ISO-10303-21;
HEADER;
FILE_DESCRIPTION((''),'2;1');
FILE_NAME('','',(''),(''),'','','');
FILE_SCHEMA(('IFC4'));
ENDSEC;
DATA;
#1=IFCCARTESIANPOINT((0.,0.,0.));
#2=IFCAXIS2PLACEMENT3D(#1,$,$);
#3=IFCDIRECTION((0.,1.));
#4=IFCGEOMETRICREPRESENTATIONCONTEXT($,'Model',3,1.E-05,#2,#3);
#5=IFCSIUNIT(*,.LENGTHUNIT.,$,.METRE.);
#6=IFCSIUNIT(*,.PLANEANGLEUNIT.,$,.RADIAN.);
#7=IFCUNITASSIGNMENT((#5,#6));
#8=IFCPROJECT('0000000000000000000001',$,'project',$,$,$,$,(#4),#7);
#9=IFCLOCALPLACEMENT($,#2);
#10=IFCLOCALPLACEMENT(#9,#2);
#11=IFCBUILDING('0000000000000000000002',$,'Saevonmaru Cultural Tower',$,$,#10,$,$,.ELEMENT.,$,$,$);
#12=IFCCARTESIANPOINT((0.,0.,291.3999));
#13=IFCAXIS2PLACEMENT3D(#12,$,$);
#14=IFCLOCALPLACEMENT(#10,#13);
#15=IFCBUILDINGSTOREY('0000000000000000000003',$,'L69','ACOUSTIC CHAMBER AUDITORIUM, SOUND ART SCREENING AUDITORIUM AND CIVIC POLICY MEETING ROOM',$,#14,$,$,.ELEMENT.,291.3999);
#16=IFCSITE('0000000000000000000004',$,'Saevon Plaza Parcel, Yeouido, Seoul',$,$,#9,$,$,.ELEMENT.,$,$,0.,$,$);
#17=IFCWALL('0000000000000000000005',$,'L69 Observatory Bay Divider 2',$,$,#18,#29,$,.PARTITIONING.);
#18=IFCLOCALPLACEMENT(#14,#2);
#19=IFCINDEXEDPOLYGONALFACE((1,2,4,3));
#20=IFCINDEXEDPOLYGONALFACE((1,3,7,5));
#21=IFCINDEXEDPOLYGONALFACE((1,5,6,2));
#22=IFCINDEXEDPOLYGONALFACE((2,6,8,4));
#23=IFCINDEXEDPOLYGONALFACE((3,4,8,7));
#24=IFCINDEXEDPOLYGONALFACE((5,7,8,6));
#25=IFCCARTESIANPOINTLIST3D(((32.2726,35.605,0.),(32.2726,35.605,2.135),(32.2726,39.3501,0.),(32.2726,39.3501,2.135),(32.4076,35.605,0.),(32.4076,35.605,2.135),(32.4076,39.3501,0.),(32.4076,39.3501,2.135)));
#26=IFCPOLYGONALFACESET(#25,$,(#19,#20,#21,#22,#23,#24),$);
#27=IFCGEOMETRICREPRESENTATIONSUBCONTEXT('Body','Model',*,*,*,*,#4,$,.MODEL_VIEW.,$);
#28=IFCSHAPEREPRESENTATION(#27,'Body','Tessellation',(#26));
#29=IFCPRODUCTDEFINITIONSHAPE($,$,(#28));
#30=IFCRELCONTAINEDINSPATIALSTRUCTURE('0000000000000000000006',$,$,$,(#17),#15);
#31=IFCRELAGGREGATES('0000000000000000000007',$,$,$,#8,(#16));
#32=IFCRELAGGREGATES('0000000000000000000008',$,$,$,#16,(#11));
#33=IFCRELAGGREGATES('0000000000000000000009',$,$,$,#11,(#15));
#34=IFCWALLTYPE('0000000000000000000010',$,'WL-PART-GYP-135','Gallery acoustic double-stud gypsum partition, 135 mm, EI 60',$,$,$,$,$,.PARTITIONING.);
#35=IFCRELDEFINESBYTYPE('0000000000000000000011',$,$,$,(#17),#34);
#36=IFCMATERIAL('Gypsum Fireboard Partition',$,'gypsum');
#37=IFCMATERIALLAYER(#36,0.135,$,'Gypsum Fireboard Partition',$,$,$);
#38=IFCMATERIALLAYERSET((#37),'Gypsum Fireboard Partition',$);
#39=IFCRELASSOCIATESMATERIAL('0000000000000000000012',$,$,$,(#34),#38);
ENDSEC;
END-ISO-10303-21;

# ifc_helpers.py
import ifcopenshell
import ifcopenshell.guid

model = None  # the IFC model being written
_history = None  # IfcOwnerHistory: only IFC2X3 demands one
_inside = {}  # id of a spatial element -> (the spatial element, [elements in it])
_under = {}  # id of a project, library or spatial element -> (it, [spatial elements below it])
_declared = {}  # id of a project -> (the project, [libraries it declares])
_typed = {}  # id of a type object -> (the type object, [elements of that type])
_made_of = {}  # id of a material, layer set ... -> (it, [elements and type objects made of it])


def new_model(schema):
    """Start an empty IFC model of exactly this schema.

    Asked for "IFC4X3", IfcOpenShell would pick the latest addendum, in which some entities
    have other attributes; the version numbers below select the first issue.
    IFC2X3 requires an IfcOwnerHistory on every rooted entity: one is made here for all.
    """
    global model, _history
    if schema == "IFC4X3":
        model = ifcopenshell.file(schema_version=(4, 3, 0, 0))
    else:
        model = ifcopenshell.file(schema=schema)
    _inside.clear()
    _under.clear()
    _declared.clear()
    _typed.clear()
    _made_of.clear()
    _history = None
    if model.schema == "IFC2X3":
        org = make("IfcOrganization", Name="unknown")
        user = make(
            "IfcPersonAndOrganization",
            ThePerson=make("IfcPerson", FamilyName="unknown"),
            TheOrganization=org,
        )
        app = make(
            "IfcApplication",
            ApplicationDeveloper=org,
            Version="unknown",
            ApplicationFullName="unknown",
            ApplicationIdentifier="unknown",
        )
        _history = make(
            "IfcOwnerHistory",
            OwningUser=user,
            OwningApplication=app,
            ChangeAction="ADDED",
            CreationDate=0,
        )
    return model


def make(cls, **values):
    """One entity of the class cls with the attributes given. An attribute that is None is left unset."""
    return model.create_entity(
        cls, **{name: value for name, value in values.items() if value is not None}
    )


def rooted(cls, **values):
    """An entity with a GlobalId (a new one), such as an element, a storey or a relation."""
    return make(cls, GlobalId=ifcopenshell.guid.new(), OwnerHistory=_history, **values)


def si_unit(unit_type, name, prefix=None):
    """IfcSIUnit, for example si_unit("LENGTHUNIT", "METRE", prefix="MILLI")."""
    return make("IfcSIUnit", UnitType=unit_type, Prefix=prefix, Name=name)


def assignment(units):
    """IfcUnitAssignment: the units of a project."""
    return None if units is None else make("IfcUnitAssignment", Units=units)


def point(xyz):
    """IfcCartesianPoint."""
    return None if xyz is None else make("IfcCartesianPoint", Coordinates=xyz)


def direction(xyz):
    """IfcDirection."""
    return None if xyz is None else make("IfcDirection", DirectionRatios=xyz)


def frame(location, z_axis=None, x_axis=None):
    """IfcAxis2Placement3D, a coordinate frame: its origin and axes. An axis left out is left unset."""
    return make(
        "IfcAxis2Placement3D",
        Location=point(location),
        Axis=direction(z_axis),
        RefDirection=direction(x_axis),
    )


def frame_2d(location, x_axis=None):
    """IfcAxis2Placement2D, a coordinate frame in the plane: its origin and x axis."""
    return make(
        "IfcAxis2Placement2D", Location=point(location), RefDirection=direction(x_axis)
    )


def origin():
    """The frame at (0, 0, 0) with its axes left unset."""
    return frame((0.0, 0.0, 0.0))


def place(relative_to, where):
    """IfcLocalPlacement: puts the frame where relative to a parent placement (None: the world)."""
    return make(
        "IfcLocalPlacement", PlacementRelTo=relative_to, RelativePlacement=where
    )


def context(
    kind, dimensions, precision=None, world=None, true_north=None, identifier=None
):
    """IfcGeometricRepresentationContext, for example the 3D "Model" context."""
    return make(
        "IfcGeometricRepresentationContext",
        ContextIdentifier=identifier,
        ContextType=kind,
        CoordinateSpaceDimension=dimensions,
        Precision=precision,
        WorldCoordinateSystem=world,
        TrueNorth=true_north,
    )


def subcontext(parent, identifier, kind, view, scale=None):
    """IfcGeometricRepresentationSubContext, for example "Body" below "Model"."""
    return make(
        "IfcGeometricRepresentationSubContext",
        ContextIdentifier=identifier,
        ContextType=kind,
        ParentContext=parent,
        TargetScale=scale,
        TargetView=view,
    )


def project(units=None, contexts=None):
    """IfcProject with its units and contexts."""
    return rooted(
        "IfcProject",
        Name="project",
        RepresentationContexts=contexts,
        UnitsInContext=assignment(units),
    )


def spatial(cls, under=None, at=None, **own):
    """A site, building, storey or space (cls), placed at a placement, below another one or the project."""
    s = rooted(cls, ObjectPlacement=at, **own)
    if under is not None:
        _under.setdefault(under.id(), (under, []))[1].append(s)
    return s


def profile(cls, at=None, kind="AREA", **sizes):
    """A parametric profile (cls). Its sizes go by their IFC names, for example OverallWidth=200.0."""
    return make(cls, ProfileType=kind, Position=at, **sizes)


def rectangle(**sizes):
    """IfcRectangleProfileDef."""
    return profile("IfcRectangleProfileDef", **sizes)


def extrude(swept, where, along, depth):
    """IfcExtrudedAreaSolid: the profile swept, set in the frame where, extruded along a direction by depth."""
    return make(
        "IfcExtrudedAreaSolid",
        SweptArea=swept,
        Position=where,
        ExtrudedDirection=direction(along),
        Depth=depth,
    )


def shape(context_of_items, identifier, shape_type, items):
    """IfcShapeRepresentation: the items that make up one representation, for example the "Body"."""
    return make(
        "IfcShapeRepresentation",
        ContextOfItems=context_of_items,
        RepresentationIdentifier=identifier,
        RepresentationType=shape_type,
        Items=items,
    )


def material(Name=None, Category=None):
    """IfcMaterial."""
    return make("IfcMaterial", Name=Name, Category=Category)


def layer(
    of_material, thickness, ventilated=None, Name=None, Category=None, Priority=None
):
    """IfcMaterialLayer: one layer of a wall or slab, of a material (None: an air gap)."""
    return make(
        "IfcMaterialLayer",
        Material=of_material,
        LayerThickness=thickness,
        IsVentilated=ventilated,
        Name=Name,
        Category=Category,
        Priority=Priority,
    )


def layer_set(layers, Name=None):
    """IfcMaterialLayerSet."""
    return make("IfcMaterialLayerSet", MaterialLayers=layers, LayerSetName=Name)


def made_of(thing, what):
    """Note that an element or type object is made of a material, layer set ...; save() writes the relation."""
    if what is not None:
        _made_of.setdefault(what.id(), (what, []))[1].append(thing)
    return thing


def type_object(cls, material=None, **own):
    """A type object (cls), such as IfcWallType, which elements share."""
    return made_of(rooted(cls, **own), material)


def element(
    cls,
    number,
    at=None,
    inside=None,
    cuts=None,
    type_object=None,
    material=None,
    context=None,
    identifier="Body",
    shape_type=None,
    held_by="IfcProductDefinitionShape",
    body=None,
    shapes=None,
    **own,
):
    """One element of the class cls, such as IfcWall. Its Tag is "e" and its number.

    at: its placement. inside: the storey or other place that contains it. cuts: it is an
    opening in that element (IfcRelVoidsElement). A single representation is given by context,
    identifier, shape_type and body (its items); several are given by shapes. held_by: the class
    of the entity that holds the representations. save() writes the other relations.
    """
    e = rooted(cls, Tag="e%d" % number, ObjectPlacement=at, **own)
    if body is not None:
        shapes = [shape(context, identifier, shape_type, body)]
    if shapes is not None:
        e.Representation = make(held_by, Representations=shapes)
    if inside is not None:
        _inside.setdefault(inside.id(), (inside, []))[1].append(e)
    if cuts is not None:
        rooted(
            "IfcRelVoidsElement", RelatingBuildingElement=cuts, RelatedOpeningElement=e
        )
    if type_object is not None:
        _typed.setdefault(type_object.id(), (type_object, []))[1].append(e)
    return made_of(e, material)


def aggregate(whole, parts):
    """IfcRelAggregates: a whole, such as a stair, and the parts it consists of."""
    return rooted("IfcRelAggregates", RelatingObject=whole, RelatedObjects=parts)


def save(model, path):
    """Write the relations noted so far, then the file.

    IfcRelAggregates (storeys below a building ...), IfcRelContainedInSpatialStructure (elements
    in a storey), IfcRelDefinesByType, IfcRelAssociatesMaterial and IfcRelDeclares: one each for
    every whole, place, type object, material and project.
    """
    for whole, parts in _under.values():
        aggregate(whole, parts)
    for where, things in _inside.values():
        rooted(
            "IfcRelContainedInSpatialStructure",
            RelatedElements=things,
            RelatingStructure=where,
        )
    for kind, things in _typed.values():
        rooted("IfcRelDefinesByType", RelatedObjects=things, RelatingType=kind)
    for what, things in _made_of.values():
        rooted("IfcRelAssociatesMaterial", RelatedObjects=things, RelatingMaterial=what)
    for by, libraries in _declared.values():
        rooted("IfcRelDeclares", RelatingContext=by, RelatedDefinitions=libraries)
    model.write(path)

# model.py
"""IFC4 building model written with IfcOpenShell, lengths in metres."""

from ifc_helpers import new_model, si_unit, direction, frame, frame_2d, origin, place, context, subcontext, project, spatial, rectangle, extrude, material, layer, layer_set, type_object, element, save


model = new_model("IFC4")

# Units and contexts
model_context = context("Model", 3, precision=1e-05, world=origin(), true_north=direction((0.0, 1.0)))
body_context = subcontext(model_context, "Body", "Model", "MODEL_VIEW")
ifc_project = project(units=[si_unit("LENGTHUNIT", "METRE"), si_unit("PLANEANGLEUNIT", "RADIAN")], contexts=[model_context])

# Site, building, storey
site_placement = place(None, origin())
site = spatial("IfcSite", under=ifc_project, at=site_placement, Name="Saevon Plaza Parcel, Yeouido, Seoul", CompositionType="ELEMENT", RefElevation=0.0)
building_placement = place(site_placement, origin())
building = spatial("IfcBuilding", under=site, at=building_placement, Name="Saevonmaru Cultural Tower", CompositionType="ELEMENT")
storey_placement = place(building_placement, frame((0.0, 0.0, 291.3999)))
storey = spatial("IfcBuildingStorey", under=building, at=storey_placement, Name="L69", Description="ACOUSTIC CHAMBER AUDITORIUM, SOUND ART SCREENING AUDITORIUM AND CIVIC POLICY MEETING ROOM", CompositionType="ELEMENT", Elevation=291.3999)

# Shared definitions
ifc_material_1 = material(Name="Gypsum Fireboard Partition", Category="gypsum")

# Wall
ifc_layer_1 = layer(ifc_material_1, 0.135, Name="Gypsum Fireboard Partition")
ifc_layer_set_1 = layer_set([ifc_layer_1], Name="Gypsum Fireboard Partition")
wall_type_1 = type_object("IfcWallType", Name="WL-PART-GYP-135", Description="Gallery acoustic double-stud gypsum partition, 135 mm, EI 60", PredefinedType="PARTITIONING", material=ifc_layer_set_1)
wall_1_placement = place(storey_placement, frame((32.3401, 35.605, 0.0), z_axis=(0.0, 0.0, 1.0), x_axis=(0.0, 1.0, 0.0)))
element("IfcWall", 1, at=wall_1_placement, inside=storey, type_object=wall_type_1, Name="L69 Observatory Bay Divider 2", PredefinedType="PARTITIONING", context=body_context, shape_type="SweptSolid", body=[
    extrude(rectangle(XDim=3.7451, YDim=0.135, at=frame_2d((1.8726, 0.0))), origin(), (0.0, 0.0, 1.0), 2.135),
])

save(model, "model.ifc")
